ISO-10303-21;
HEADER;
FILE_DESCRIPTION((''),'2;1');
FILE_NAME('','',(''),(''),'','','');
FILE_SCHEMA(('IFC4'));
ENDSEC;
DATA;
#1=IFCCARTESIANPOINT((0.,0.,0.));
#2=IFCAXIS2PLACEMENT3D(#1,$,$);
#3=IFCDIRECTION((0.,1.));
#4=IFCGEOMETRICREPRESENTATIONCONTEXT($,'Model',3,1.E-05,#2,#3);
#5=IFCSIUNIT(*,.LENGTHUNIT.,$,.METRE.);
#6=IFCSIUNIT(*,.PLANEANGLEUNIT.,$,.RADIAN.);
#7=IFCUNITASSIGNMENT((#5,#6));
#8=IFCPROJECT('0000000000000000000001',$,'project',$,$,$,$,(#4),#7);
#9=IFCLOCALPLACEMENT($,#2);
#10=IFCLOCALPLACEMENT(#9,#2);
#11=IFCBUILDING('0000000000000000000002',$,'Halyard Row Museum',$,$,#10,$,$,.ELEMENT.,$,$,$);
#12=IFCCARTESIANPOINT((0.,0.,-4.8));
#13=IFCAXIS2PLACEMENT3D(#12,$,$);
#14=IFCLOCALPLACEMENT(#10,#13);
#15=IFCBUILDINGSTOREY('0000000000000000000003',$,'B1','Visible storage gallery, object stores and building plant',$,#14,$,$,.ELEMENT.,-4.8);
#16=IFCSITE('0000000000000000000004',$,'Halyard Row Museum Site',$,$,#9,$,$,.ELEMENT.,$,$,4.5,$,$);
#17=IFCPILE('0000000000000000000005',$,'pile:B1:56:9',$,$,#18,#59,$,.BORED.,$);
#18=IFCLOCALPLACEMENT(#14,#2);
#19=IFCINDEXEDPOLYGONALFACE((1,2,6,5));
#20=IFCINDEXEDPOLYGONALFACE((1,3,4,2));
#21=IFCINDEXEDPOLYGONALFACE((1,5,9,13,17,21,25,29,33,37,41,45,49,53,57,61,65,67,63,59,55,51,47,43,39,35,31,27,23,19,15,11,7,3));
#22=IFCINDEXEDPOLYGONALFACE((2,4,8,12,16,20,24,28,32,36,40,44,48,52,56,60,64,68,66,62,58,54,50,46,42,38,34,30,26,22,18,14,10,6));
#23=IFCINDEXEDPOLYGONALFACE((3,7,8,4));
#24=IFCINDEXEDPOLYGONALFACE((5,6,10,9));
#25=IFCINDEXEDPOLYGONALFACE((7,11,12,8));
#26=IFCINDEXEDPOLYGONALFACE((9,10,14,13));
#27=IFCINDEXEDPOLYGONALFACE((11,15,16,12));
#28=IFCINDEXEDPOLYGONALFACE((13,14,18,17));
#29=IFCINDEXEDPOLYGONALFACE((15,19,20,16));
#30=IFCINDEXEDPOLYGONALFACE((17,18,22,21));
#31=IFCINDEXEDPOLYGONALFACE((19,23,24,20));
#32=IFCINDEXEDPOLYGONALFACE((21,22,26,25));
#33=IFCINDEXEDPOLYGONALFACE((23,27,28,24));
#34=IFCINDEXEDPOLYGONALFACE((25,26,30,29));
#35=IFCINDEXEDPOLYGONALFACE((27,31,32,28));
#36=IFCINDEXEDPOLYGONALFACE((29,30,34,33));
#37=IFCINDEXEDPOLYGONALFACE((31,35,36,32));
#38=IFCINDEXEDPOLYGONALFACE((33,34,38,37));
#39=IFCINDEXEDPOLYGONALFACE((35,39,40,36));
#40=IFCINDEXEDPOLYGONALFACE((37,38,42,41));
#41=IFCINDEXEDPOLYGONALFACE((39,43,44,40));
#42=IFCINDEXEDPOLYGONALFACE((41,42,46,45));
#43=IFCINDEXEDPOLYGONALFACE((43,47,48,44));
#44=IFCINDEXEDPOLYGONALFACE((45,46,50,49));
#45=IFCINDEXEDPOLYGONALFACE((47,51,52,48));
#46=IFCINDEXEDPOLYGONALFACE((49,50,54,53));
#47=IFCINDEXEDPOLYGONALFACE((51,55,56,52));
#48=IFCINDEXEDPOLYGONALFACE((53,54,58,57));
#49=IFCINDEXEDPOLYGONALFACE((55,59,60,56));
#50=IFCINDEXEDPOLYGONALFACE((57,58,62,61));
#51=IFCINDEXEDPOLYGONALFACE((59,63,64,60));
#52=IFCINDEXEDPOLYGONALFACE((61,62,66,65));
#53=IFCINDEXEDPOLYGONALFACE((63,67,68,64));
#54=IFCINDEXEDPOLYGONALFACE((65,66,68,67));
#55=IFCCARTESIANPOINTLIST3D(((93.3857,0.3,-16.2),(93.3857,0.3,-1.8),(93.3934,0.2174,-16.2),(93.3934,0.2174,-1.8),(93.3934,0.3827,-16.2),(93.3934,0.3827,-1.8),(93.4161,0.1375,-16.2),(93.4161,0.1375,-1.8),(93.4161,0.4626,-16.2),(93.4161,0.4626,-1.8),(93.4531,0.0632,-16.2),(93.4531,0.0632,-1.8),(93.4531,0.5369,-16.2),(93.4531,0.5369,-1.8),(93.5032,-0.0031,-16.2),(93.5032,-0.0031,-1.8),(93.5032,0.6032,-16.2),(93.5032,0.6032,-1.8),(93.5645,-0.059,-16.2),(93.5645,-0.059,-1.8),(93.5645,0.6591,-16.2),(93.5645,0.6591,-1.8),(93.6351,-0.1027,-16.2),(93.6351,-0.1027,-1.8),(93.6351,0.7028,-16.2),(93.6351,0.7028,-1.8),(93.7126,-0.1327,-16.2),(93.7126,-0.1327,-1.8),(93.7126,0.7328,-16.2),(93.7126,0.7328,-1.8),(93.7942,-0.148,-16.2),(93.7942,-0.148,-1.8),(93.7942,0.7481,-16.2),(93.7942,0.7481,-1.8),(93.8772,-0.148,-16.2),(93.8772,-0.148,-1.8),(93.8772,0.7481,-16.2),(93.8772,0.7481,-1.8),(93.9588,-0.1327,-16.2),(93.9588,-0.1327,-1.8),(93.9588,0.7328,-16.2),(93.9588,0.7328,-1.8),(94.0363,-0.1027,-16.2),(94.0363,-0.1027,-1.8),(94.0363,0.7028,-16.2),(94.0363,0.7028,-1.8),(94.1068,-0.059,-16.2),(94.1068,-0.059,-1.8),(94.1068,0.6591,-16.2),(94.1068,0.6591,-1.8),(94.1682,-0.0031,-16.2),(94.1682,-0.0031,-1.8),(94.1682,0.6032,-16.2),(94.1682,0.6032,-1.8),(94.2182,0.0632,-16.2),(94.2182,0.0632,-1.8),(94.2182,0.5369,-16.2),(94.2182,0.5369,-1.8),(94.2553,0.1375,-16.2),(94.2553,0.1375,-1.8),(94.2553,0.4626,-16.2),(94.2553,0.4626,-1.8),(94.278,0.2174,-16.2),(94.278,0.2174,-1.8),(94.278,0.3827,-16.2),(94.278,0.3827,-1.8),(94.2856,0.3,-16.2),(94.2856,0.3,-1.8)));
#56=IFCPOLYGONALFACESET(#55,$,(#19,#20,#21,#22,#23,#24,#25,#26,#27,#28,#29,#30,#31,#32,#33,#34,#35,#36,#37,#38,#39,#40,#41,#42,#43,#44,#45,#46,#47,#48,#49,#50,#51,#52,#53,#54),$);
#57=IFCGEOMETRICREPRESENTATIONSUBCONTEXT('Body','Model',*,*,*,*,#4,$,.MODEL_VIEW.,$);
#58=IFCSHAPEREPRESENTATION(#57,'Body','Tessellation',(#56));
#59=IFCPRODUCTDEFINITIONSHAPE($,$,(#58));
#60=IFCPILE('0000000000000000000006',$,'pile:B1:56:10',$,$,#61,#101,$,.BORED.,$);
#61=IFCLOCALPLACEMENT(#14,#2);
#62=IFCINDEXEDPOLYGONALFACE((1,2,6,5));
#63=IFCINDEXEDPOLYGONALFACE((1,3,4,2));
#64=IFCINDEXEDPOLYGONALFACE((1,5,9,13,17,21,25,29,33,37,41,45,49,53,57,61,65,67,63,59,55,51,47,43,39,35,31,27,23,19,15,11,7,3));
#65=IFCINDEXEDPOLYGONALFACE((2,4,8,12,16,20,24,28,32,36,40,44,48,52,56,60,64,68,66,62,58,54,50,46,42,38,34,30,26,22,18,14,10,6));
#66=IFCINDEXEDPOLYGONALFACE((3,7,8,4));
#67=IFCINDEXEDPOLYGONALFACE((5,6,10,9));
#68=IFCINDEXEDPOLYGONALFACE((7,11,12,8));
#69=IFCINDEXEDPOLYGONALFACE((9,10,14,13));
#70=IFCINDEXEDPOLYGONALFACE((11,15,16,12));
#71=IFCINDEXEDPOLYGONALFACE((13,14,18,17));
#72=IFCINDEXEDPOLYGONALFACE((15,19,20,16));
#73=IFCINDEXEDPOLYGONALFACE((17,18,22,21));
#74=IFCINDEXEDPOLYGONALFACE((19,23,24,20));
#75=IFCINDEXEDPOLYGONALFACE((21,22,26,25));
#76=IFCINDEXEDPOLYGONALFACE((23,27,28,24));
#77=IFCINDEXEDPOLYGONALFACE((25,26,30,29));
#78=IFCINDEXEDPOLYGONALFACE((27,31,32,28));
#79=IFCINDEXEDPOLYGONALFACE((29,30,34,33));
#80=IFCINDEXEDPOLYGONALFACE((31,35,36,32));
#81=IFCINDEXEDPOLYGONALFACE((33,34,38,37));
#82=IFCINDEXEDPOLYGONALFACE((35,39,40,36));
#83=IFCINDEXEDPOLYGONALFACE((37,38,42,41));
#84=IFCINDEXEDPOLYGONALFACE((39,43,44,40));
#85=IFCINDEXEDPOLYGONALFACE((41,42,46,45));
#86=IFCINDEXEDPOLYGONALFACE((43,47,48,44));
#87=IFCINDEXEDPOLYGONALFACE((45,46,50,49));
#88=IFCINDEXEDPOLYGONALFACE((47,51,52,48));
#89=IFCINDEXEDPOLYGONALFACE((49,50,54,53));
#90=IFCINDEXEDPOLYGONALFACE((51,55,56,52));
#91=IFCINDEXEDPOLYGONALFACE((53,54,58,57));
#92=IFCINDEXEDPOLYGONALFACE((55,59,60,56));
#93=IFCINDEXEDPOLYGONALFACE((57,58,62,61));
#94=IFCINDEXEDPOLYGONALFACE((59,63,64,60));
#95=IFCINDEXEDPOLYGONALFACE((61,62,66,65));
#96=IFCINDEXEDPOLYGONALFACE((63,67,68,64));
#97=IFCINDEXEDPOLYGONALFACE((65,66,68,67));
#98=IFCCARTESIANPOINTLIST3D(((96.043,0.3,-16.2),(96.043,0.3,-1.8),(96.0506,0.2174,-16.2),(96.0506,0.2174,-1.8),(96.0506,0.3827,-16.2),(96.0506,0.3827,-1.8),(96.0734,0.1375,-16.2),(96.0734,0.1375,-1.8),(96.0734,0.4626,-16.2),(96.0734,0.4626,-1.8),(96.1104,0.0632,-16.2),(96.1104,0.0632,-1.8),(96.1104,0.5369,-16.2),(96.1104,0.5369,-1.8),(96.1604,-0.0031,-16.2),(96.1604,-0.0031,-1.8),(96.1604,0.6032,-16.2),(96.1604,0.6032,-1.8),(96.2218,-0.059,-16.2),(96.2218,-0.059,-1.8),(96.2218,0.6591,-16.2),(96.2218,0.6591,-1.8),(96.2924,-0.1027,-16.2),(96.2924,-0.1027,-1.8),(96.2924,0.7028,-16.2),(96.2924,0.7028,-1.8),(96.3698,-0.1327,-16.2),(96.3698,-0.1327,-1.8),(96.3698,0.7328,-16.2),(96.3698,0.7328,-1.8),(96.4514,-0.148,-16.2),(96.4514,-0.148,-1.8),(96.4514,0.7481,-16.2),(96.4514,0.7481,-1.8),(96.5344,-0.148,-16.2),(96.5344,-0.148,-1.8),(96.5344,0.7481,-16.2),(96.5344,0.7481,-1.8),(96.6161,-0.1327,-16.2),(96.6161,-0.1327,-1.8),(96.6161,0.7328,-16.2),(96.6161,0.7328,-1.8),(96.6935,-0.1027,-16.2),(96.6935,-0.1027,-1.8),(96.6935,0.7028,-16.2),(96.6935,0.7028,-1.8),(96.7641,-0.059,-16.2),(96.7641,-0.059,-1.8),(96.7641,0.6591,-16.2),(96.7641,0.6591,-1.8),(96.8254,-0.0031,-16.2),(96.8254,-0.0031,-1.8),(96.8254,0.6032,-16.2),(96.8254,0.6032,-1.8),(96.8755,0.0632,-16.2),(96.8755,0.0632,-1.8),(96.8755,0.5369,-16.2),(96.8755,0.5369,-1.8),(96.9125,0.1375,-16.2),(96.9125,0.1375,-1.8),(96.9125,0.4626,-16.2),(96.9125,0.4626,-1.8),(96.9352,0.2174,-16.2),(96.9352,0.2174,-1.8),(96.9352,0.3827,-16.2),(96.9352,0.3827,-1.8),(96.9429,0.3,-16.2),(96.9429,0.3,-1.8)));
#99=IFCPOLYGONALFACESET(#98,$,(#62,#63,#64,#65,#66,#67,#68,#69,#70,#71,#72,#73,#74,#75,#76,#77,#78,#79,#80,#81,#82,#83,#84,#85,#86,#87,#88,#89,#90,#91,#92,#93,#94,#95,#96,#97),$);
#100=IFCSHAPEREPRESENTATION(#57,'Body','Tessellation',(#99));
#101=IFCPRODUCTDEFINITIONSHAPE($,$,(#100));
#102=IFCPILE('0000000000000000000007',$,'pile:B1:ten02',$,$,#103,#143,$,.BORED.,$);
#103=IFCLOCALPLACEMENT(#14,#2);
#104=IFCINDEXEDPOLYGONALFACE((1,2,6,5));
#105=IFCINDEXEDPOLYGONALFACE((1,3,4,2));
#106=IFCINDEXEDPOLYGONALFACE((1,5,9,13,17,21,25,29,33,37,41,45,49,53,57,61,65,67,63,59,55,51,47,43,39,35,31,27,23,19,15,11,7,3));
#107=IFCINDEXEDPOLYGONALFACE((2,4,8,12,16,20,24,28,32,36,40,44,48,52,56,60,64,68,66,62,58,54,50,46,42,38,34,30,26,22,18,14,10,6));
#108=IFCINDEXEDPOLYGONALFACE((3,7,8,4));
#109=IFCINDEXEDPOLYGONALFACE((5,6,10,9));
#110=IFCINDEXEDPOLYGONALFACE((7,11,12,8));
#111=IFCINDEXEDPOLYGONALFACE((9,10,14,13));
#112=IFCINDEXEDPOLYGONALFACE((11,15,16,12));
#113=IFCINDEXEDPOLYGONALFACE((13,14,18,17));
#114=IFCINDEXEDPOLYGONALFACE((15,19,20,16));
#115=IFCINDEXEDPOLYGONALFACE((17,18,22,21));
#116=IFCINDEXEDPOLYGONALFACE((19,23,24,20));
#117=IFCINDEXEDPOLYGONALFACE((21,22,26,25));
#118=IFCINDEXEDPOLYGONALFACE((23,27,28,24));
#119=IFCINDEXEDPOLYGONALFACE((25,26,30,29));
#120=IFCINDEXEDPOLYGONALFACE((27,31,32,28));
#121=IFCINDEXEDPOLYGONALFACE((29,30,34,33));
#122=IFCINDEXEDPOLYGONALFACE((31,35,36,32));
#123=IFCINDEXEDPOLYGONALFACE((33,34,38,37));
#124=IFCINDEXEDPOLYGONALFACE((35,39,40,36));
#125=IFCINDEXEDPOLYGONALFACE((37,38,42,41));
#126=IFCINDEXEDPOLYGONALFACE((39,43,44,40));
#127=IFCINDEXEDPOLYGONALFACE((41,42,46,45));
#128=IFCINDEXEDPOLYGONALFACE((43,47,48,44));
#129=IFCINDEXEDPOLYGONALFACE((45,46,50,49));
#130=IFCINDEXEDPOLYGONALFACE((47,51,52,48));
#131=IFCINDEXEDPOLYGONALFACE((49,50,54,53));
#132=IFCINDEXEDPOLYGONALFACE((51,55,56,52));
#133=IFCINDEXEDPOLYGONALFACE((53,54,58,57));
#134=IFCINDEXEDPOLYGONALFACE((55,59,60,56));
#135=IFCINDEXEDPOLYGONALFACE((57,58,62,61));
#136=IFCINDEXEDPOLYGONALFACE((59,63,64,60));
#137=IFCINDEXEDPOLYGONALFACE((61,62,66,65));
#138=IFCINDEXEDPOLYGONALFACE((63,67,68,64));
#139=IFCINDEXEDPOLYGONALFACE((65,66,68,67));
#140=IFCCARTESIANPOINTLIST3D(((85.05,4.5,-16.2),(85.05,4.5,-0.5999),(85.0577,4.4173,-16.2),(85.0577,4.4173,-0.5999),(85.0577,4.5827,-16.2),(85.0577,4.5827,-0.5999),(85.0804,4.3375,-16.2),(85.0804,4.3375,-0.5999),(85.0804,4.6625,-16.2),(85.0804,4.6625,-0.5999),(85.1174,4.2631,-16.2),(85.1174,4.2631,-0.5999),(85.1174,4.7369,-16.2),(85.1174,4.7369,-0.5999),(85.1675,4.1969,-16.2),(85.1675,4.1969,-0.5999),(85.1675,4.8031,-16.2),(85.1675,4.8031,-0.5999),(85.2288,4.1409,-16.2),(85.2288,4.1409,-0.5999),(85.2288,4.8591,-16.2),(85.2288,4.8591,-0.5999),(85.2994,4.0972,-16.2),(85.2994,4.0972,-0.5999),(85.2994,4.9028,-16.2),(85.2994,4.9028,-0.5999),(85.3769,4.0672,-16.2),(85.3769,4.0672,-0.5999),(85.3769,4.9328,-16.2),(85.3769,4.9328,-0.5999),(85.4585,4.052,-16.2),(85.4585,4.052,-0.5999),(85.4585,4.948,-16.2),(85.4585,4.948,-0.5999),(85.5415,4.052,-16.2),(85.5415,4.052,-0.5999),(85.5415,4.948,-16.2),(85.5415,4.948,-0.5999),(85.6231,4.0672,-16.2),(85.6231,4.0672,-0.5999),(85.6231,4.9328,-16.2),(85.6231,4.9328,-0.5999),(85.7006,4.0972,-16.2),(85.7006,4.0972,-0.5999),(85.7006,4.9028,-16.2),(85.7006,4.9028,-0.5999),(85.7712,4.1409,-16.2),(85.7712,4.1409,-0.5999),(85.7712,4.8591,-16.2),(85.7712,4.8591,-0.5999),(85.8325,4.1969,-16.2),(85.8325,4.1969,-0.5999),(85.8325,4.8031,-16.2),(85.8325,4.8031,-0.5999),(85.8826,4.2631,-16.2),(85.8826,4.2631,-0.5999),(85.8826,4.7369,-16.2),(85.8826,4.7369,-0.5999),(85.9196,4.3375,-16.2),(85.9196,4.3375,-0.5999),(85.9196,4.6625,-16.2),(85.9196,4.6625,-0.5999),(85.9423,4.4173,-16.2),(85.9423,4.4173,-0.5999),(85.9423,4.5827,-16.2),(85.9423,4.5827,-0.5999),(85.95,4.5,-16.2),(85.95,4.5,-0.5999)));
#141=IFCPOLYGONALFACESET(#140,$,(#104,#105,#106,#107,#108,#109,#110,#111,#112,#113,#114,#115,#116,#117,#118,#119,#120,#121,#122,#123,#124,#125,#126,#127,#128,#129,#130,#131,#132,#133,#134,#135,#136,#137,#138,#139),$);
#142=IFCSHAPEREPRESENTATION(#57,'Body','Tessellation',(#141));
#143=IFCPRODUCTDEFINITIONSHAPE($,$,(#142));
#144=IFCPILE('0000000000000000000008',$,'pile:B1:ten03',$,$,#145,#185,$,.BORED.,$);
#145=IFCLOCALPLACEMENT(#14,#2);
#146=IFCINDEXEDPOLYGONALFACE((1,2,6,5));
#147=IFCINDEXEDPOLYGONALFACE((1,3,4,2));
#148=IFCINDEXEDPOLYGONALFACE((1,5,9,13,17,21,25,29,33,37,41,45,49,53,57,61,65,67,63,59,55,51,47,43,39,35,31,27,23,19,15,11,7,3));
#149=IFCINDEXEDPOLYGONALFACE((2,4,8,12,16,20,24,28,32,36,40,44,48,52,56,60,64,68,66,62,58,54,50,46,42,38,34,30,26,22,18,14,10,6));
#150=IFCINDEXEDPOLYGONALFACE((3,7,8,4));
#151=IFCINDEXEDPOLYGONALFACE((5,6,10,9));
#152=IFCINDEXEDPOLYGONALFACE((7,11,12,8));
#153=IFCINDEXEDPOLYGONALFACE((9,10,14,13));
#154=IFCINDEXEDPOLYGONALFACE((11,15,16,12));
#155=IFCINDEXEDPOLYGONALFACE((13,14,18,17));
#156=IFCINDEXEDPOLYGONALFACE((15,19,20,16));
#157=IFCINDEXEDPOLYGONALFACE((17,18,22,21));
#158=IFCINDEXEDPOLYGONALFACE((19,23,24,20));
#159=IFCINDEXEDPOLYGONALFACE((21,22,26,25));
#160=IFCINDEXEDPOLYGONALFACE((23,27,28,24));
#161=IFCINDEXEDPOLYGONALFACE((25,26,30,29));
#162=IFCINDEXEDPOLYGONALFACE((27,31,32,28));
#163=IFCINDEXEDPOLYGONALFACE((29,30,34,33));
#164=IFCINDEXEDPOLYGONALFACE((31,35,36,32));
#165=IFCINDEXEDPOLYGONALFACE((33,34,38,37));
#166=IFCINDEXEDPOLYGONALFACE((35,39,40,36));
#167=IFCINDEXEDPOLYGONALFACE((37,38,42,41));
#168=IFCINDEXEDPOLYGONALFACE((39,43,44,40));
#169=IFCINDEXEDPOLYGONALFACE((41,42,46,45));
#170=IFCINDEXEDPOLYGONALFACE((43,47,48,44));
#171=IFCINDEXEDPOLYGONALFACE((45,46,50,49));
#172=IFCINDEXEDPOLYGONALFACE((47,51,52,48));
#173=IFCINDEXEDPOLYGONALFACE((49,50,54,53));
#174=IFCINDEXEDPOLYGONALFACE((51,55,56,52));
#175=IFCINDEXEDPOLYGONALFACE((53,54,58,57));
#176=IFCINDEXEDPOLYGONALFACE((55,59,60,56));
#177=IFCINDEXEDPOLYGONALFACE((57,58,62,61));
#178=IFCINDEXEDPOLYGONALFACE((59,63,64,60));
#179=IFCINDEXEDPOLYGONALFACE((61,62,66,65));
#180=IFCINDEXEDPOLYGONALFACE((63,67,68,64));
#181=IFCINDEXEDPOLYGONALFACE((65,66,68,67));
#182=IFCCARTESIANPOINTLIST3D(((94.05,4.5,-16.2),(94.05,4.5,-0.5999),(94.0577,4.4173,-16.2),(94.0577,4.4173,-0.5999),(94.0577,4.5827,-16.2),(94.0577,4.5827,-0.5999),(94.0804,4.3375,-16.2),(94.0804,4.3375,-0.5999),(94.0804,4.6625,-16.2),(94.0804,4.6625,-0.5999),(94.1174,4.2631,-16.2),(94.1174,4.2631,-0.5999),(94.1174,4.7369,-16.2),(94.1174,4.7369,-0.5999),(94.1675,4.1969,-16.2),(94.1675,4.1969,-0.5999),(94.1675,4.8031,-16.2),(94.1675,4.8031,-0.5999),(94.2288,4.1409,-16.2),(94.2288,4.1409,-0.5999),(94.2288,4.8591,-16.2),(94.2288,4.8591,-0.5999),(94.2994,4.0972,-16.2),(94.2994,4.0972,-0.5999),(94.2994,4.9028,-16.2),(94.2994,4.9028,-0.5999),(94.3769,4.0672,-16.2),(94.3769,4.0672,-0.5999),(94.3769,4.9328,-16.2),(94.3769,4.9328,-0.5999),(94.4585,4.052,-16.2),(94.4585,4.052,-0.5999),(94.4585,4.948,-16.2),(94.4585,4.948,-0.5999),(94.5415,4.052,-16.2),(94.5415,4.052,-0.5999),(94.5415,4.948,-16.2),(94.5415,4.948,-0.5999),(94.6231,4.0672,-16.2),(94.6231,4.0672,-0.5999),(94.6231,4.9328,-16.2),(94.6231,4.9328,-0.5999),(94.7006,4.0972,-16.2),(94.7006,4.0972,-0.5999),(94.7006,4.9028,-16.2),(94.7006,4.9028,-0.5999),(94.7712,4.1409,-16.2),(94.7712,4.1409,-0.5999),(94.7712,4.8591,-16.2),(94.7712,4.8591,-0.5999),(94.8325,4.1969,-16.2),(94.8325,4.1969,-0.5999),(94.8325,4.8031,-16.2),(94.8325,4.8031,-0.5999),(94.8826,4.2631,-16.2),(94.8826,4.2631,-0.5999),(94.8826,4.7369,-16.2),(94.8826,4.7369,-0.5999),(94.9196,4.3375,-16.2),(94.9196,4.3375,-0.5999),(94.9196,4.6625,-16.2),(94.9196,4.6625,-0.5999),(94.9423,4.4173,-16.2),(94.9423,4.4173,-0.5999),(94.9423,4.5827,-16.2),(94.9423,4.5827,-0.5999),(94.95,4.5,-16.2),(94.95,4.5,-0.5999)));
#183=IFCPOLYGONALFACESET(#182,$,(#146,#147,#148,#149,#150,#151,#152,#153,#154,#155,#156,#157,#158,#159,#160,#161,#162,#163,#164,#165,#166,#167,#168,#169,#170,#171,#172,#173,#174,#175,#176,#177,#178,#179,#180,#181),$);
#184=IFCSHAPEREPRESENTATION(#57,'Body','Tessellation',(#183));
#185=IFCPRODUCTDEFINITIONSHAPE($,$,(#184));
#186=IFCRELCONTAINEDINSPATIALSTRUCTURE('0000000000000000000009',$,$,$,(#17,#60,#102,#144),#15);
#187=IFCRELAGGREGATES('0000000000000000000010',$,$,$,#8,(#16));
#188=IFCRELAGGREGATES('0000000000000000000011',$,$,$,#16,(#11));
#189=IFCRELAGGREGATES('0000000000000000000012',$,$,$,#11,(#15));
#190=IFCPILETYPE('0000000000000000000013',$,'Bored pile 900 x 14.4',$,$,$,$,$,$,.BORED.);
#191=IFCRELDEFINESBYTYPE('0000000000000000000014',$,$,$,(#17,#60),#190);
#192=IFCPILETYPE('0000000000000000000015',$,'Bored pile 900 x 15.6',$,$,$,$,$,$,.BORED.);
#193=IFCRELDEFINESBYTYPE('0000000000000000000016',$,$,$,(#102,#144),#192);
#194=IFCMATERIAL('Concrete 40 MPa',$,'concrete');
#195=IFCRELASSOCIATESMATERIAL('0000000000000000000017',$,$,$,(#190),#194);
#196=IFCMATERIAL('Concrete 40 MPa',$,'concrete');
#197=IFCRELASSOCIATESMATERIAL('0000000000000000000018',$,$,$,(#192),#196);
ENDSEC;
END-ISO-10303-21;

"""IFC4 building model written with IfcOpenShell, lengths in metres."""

from ifc_helpers import new_model, si_unit, direction, frame, origin, origin_2d, place, context, subcontext, project, spatial, circle, extrude, material, material_profile, profile_set, type_object, element, save


model = new_model("IFC4")

# Units and contexts
model_context = context("Model", 3, precision=1e-05, world=origin(), true_north=direction((0.0, 1.0)))
body_context = subcontext(model_context, "Body", "Model", "MODEL_VIEW")
ifc_project = project(units=[si_unit("LENGTHUNIT", "METRE"), si_unit("PLANEANGLEUNIT", "RADIAN")], contexts=[model_context])

# Site, building, storey
site_placement = place(None, origin())
site = spatial("IfcSite", under=ifc_project, at=site_placement, Name="Halyard Row Museum Site", CompositionType="ELEMENT", RefElevation=4.5)
building_placement = place(site_placement, origin())
building = spatial("IfcBuilding", under=site, at=building_placement, Name="Halyard Row Museum", CompositionType="ELEMENT")
storey_placement = place(building_placement, frame((0.0, 0.0, -4.8)))
storey = spatial("IfcBuildingStorey", under=building, at=storey_placement, Name="B1", Description="Visible storage gallery, object stores and building plant", CompositionType="ELEMENT", Elevation=-4.8)

# Piles
ifc_material_1 = material(Name="Concrete 40 MPa", Category="concrete")
ifc_material_profile_1 = material_profile(ifc_material_1, circle(Radius=0.45, at=origin_2d()), Name="Bored pile 900 x 14.4")
ifc_profile_set_1 = profile_set([ifc_material_profile_1], Name="Concrete 40 MPa")
pile_type_1 = type_object("IfcPileType", Name="Bored pile 900 x 14.4", PredefinedType="BORED", material=ifc_profile_set_1)
for number, where, z_axis, x_axis, name in (
    (1, (93.8357, 0.3, -1.8), (0.0, 0.0, -1.0), (1.0, 0.0, 0.0), "pile:B1:56:9"),
    (2, (96.4929, 0.3, -1.8), (0.0, 0.0, -1.0), (1.0, 0.0, 0.0), "pile:B1:56:10"),
):
    element("IfcPile", number, at=place(storey_placement, frame(where, z_axis=z_axis, x_axis=x_axis)), inside=storey, type_object=pile_type_1, Name=name, PredefinedType="BORED", context=body_context, shape_type="SweptSolid", body=[
        extrude(circle(Radius=0.45, at=origin_2d()), origin(), (0.0, 0.0, 1.0), 14.3999),
    ])
ifc_material_2 = material(Name="Concrete 40 MPa", Category="concrete")
ifc_material_profile_2 = material_profile(ifc_material_2, circle(Radius=0.45, at=origin_2d()), Name="Bored pile 900 x 15.6")
ifc_profile_set_2 = profile_set([ifc_material_profile_2], Name="Concrete 40 MPa")
pile_type_2 = type_object("IfcPileType", Name="Bored pile 900 x 15.6", PredefinedType="BORED", material=ifc_profile_set_2)
for number, where, z_axis, x_axis, name in (
    (3, (85.5, 4.5, -0.5999), (0.0, 0.0, -1.0), (1.0, 0.0, 0.0), "pile:B1:ten02"),
    (4, (94.5, 4.5, -0.5999), (0.0, 0.0, -1.0), (1.0, 0.0, 0.0), "pile:B1:ten03"),
):
    element("IfcPile", number, at=place(storey_placement, frame(where, z_axis=z_axis, x_axis=x_axis)), inside=storey, type_object=pile_type_2, Name=name, PredefinedType="BORED", context=body_context, shape_type="SweptSolid", body=[
        extrude(circle(Radius=0.45, at=origin_2d()), origin(), (0.0, 0.0, 1.0), 15.6001),
    ])

save(model, "model.ifc")
